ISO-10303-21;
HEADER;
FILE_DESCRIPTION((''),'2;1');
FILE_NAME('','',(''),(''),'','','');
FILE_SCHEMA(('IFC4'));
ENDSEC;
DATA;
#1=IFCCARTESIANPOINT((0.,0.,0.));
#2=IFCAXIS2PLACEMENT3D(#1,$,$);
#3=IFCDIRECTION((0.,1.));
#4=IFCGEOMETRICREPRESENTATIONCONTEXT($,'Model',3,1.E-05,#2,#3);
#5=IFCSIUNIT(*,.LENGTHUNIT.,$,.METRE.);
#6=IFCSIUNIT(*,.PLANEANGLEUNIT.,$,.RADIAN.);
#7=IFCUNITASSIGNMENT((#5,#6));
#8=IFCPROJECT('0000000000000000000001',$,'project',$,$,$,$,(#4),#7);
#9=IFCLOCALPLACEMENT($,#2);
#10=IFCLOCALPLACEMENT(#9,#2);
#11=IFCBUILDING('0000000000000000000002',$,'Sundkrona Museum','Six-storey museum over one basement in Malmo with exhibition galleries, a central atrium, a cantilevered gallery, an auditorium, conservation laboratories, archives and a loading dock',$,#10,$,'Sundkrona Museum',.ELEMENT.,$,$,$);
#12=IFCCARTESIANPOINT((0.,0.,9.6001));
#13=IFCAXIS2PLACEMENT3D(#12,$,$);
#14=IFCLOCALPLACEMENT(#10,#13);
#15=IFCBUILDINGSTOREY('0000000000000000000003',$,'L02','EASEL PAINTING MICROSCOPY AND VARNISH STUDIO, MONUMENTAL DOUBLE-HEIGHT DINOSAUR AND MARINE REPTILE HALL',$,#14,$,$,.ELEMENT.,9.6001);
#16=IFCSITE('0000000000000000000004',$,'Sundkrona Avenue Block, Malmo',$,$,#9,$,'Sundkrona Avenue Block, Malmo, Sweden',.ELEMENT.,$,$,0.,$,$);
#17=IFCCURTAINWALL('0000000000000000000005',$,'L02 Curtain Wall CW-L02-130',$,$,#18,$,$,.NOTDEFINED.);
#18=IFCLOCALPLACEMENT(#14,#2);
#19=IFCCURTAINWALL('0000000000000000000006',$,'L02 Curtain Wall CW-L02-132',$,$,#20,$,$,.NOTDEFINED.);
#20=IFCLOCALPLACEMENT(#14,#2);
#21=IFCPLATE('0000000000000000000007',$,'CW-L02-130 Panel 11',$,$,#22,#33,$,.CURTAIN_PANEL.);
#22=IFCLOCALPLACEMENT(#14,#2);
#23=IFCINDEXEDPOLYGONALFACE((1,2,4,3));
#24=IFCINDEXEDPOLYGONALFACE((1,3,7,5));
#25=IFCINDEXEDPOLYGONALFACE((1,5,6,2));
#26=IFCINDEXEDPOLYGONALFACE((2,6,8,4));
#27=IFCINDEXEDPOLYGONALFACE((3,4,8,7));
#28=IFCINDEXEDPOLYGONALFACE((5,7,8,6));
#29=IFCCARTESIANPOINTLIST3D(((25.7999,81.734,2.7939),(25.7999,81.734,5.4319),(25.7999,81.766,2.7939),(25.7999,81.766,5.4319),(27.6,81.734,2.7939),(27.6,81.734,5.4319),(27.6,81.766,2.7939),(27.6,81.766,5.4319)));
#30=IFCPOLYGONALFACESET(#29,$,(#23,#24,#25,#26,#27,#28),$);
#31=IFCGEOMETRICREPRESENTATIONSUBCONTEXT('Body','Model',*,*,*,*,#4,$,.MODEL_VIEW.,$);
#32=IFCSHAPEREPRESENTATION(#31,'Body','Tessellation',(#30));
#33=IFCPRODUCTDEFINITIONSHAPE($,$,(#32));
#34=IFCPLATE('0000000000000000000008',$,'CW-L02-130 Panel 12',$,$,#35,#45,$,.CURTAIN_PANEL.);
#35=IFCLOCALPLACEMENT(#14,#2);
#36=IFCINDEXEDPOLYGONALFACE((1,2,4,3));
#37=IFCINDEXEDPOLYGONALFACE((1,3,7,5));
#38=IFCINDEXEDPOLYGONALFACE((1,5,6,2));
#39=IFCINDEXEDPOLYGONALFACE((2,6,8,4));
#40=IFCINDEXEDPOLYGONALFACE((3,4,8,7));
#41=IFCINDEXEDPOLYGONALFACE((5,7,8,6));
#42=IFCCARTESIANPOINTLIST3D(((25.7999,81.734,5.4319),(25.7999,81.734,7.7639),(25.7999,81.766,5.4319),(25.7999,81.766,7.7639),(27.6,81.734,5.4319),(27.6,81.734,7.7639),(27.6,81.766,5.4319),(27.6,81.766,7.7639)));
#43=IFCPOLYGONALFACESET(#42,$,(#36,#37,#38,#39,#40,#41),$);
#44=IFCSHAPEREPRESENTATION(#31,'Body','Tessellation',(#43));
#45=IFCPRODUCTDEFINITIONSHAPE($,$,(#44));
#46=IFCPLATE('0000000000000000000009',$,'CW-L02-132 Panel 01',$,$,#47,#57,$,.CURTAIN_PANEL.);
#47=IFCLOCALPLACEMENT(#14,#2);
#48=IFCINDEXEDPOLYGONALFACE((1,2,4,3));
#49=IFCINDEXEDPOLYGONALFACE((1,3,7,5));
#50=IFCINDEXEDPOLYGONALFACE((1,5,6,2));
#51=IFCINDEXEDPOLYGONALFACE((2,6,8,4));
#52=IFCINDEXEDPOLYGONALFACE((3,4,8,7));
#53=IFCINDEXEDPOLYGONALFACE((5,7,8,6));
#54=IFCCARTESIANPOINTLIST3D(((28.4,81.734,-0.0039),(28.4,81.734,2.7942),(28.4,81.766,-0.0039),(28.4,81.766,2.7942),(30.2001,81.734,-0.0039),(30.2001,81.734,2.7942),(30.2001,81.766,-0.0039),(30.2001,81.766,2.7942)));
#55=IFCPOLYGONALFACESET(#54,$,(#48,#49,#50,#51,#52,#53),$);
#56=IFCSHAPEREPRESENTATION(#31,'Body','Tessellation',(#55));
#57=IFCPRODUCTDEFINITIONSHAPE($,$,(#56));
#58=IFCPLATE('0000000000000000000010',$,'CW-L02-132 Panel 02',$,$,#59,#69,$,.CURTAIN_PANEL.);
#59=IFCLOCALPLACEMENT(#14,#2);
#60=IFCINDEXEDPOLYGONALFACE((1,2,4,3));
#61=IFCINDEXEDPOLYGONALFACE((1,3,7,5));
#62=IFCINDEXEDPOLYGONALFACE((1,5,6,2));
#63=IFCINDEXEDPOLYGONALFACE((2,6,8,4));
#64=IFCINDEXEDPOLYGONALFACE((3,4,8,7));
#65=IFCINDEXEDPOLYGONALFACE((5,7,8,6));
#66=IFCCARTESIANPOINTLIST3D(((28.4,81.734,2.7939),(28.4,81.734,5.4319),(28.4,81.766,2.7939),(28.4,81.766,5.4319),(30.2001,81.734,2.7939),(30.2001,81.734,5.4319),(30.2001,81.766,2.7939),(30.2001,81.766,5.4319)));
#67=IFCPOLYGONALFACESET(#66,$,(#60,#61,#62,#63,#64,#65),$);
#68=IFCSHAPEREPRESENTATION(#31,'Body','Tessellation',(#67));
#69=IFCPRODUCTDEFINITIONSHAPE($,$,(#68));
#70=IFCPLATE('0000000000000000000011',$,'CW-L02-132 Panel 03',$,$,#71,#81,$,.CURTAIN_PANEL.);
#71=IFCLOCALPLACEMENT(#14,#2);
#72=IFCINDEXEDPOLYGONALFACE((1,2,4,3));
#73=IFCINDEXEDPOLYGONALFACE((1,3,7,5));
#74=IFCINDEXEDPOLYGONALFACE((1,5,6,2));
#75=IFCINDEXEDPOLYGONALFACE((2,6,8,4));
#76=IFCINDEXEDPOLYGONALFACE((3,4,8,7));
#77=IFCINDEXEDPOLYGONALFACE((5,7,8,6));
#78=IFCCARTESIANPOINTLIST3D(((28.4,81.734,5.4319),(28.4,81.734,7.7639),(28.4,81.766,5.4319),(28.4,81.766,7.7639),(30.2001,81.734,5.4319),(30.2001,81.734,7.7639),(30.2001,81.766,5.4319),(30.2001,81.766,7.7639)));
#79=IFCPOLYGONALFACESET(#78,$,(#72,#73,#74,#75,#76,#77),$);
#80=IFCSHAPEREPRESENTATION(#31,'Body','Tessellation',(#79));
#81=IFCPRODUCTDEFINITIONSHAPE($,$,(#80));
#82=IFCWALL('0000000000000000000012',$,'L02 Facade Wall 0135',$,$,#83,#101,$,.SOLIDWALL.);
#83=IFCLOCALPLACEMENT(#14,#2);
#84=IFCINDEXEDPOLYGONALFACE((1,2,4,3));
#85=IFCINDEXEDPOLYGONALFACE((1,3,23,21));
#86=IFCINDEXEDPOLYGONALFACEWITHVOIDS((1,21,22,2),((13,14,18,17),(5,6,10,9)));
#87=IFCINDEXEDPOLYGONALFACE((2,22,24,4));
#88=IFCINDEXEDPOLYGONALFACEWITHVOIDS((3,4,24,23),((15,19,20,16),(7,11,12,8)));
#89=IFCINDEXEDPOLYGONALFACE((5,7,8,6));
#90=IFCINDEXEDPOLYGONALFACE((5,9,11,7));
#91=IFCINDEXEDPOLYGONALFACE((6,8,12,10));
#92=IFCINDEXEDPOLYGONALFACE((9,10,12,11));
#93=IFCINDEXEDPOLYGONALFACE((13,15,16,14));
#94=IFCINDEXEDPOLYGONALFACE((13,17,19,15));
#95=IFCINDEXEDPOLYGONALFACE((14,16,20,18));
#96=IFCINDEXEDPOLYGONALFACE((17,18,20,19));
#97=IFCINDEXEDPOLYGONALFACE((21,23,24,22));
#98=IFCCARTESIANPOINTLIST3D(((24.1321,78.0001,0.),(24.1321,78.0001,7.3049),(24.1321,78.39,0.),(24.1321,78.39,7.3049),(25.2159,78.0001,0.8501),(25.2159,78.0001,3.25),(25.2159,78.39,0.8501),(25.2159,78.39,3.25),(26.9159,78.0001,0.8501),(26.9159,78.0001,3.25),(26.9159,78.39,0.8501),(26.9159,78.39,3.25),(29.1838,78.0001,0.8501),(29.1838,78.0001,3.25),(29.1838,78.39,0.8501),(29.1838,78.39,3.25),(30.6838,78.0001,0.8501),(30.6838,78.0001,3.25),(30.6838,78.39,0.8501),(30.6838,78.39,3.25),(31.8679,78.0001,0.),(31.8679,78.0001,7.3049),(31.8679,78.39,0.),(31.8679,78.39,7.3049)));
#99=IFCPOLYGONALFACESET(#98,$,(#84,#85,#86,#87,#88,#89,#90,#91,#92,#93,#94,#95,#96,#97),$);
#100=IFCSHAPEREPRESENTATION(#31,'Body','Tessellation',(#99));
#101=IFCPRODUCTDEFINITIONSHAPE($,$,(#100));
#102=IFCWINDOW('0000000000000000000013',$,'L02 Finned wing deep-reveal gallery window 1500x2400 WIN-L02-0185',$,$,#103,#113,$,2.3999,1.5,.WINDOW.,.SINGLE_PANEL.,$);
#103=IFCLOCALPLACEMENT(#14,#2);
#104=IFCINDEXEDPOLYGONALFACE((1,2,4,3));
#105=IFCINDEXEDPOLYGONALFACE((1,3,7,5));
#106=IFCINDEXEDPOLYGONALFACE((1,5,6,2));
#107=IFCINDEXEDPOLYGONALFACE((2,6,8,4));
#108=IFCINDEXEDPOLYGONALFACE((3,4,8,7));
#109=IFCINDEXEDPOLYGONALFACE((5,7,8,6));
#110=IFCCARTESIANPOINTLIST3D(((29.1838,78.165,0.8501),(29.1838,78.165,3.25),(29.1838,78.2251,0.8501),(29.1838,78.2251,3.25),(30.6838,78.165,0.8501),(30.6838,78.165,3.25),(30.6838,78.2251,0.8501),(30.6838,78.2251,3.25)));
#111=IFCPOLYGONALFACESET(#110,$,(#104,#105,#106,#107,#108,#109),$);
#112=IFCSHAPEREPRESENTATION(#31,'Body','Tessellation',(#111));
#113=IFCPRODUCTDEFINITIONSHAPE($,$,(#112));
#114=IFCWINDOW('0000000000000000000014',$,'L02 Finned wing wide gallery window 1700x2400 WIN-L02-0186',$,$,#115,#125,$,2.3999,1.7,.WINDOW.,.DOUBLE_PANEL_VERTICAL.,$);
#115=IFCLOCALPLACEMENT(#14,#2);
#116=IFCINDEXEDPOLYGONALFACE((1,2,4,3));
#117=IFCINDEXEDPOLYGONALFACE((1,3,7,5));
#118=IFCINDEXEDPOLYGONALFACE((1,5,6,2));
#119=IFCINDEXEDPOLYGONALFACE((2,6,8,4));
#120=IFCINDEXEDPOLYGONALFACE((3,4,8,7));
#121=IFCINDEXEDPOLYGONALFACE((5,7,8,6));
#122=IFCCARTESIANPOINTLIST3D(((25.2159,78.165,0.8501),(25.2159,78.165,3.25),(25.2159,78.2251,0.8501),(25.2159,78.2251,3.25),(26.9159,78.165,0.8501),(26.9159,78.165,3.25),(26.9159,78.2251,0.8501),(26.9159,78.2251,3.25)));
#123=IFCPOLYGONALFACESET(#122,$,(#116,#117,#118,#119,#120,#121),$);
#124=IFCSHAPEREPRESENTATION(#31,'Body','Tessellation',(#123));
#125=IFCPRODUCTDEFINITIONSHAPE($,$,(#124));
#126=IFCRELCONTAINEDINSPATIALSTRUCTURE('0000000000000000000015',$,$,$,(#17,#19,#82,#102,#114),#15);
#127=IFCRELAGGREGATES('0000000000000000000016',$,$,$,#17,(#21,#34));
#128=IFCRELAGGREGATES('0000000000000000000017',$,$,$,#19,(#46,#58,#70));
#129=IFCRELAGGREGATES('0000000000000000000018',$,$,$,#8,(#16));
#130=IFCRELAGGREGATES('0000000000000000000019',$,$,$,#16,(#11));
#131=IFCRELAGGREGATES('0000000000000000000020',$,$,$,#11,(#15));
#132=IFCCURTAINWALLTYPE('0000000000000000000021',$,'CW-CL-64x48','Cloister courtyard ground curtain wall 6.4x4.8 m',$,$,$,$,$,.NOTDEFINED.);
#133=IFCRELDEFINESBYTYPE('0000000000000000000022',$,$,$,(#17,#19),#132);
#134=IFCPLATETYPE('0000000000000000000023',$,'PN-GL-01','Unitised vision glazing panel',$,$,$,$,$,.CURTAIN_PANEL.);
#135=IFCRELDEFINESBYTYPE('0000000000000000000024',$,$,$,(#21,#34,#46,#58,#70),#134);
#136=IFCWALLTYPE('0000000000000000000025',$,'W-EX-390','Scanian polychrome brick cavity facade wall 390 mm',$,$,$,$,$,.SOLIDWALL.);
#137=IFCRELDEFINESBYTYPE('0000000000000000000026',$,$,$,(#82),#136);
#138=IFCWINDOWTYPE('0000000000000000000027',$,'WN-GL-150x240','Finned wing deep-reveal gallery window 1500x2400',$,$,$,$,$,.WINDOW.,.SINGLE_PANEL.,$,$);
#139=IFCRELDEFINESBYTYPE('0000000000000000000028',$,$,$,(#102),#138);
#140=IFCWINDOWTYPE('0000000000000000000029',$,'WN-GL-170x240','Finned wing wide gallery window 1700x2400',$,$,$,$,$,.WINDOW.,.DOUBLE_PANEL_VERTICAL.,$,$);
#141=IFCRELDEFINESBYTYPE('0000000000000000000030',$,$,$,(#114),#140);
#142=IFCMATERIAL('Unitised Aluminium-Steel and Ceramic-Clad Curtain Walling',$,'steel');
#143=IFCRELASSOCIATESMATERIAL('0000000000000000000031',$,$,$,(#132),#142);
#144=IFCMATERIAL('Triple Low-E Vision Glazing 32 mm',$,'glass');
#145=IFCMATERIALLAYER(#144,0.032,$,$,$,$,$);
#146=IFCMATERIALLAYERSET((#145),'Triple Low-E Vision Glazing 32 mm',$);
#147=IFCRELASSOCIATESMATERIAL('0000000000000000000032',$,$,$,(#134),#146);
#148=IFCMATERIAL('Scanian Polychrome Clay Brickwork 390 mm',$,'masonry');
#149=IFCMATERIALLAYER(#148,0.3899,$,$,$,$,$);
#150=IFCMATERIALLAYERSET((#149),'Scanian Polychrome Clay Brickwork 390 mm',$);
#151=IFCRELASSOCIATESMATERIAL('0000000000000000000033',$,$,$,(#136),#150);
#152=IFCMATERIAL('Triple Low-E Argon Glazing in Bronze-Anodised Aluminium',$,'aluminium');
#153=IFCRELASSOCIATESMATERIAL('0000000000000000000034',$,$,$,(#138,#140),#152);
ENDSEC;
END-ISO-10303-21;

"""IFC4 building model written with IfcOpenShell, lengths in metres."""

from ifc_helpers import new_model, si_unit, direction, frame, frame_2d, origin, origin_2d, place, context, subcontext, project, spatial, rectangle, extrude, material, layer, layer_set, type_object, element, fill, aggregate, save


model = new_model("IFC4")

# Units and contexts
model_context = context("Model", 3, precision=1e-05, world=origin(), true_north=direction((0.0, 1.0)))
body_context = subcontext(model_context, "Body", "Model", "MODEL_VIEW")
ifc_project = project(units=[si_unit("LENGTHUNIT", "METRE"), si_unit("PLANEANGLEUNIT", "RADIAN")], contexts=[model_context])

# Site, building, storey
site_placement = place(None, origin())
site = spatial("IfcSite", under=ifc_project, at=site_placement, Name="Sundkrona Avenue Block, Malmo", LongName="Sundkrona Avenue Block, Malmo, Sweden", CompositionType="ELEMENT", RefElevation=0.0)
building_placement = place(site_placement, origin())
building = spatial("IfcBuilding", under=site, at=building_placement, Name="Sundkrona Museum", Description="Six-storey museum over one basement in Malmo with exhibition galleries, a central atrium, a cantilevered gallery, an auditorium, conservation laboratories, archives and a loading dock", LongName="Sundkrona Museum", CompositionType="ELEMENT")
storey_placement = place(building_placement, frame((0.0, 0.0, 9.6001)))
storey = spatial("IfcBuildingStorey", under=building, at=storey_placement, Name="L02", Description="EASEL PAINTING MICROSCOPY AND VARNISH STUDIO, MONUMENTAL DOUBLE-HEIGHT DINOSAUR AND MARINE REPTILE HALL", CompositionType="ELEMENT", Elevation=9.6001)

# Curtain wall
ifc_material_1 = material(Name="Unitised Aluminium-Steel and Ceramic-Clad Curtain Walling", Category="steel")
curtain_wall_type = type_object("IfcCurtainWallType", Name="CW-CL-64x48", Description="Cloister courtyard ground curtain wall 6.4x4.8 m", PredefinedType="NOTDEFINED", material=ifc_material_1)
curtain_wall_1_placement = place(storey_placement, origin())
curtain_wall_1 = element("IfcCurtainWall", 1, at=curtain_wall_1_placement, inside=storey, type_object=curtain_wall_type, Name="L02 Curtain Wall CW-L02-130", PredefinedType="NOTDEFINED")

# Curtain wall
curtain_wall_2_placement = place(storey_placement, origin())
curtain_wall_2 = element("IfcCurtainWall", 2, at=curtain_wall_2_placement, inside=storey, type_object=curtain_wall_type, Name="L02 Curtain Wall CW-L02-132", PredefinedType="NOTDEFINED")

# Plates
ifc_material_2 = material(Name="Triple Low-E Vision Glazing 32 mm", Category="glass")
ifc_layer_1 = layer(ifc_material_2, 0.032)
ifc_layer_set_1 = layer_set([ifc_layer_1], Name="Triple Low-E Vision Glazing 32 mm")
plate_type = type_object("IfcPlateType", Name="PN-GL-01", Description="Unitised vision glazing panel", PredefinedType="CURTAIN_PANEL", material=ifc_layer_set_1)
plate_1_placement = place(storey_placement, frame((26.7, 81.75, 2.7939), z_axis=(0.0, 0.0, 1.0), x_axis=(1.0, 0.0, 0.0)))
plate_1 = element("IfcPlate", 3, at=plate_1_placement, type_object=plate_type, Name="CW-L02-130 Panel 11", PredefinedType="CURTAIN_PANEL", context=body_context, shape_type="SweptSolid", body=[
    extrude(rectangle(XDim=1.8, YDim=0.032, at=origin_2d()), origin(), (0.0, 0.0, 1.0), 2.6379),
])
plate_2_placement = place(storey_placement, frame((26.7, 81.75, 5.4319), z_axis=(0.0, 0.0, 1.0), x_axis=(1.0, 0.0, 0.0)))
plate_2 = element("IfcPlate", 4, at=plate_2_placement, type_object=plate_type, Name="CW-L02-130 Panel 12", PredefinedType="CURTAIN_PANEL", context=body_context, shape_type="SweptSolid", body=[
    extrude(rectangle(XDim=1.8, YDim=0.032, at=origin_2d()), origin(), (0.0, 0.0, 1.0), 2.332),
])
aggregate(curtain_wall_1, [plate_1, plate_2])
plate_3_placement = place(storey_placement, frame((29.3, 81.75, -0.0039), z_axis=(0.0, 0.0, 1.0), x_axis=(1.0, 0.0, 0.0)))
plate_3 = element("IfcPlate", 5, at=plate_3_placement, type_object=plate_type, Name="CW-L02-132 Panel 01", PredefinedType="CURTAIN_PANEL", context=body_context, shape_type="SweptSolid", body=[
    extrude(rectangle(XDim=1.8, YDim=0.032, at=origin_2d()), origin(), (0.0, 0.0, 1.0), 2.7981),
])
plate_4_placement = place(storey_placement, frame((29.3, 81.75, 2.7939), z_axis=(0.0, 0.0, 1.0), x_axis=(1.0, 0.0, 0.0)))
plate_4 = element("IfcPlate", 6, at=plate_4_placement, type_object=plate_type, Name="CW-L02-132 Panel 02", PredefinedType="CURTAIN_PANEL", context=body_context, shape_type="SweptSolid", body=[
    extrude(rectangle(XDim=1.8, YDim=0.032, at=origin_2d()), origin(), (0.0, 0.0, 1.0), 2.6379),
])
plate_5_placement = place(storey_placement, frame((29.3, 81.75, 5.4319), z_axis=(0.0, 0.0, 1.0), x_axis=(1.0, 0.0, 0.0)))
plate_5 = element("IfcPlate", 7, at=plate_5_placement, type_object=plate_type, Name="CW-L02-132 Panel 03", PredefinedType="CURTAIN_PANEL", context=body_context, shape_type="SweptSolid", body=[
    extrude(rectangle(XDim=1.8, YDim=0.032, at=origin_2d()), origin(), (0.0, 0.0, 1.0), 2.332),
])
aggregate(curtain_wall_2, [plate_3, plate_4, plate_5])

# Wall, openings, windows
ifc_material_3 = material(Name="Scanian Polychrome Clay Brickwork 390 mm", Category="masonry")
ifc_layer_2 = layer(ifc_material_3, 0.3899)
ifc_layer_set_2 = layer_set([ifc_layer_2], Name="Scanian Polychrome Clay Brickwork 390 mm")
wall_type = type_object("IfcWallType", Name="W-EX-390", Description="Scanian polychrome brick cavity facade wall 390 mm", PredefinedType="SOLIDWALL", material=ifc_layer_set_2)
wall_placement = place(storey_placement, frame((31.8679, 78.1951, 0.0), z_axis=(0.0, 0.0, 1.0), x_axis=(-1.0, 0.0, 0.0)))
wall = element("IfcWall", 8, at=wall_placement, inside=storey, type_object=wall_type, Name="L02 Facade Wall 0135", PredefinedType="SOLIDWALL", context=body_context, shape_type="SweptSolid", body=[
    extrude(rectangle(XDim=7.7358, YDim=0.3899, at=frame_2d((3.8679, 0.0))), origin(), (0.0, 0.0, 1.0), 7.3049),
])
opening_1_placement = place(wall_placement, frame((1.1841, 0.0, 0.8501)))
opening_1 = element("IfcOpeningElement", 9, at=opening_1_placement, cuts=wall, PredefinedType="OPENING", context=body_context, shape_type="SweptSolid", body=[
    extrude(rectangle(XDim=1.5, YDim=2.3999, at=frame_2d((0.75, 1.2))), frame((0.0, 0.2048, 0.0), z_axis=(0.0, -1.0, 0.0), x_axis=(1.0, 0.0, 0.0)), (0.0, 0.0, 1.0), 0.4099),
])
opening_2_placement = place(wall_placement, frame((4.9519, 0.0, 0.8501)))
opening_2 = element("IfcOpeningElement", 10, at=opening_2_placement, cuts=wall, PredefinedType="OPENING", context=body_context, shape_type="SweptSolid", body=[
    extrude(rectangle(XDim=1.7, YDim=2.3999, at=frame_2d((0.8501, 1.2))), frame((0.0, 0.2048, 0.0), z_axis=(0.0, -1.0, 0.0), x_axis=(1.0, 0.0, 0.0)), (0.0, 0.0, 1.0), 0.4099),
])
ifc_material_4 = material(Name="Triple Low-E Argon Glazing in Bronze-Anodised Aluminium", Category="aluminium")
window_type_1 = type_object("IfcWindowType", Name="WN-GL-150x240", Description="Finned wing deep-reveal gallery window 1500x2400", PartitioningType="SINGLE_PANEL", PredefinedType="WINDOW", material=ifc_material_4)
window_1_placement = place(opening_1_placement, origin())
window_1 = element("IfcWindow", 11, at=window_1_placement, inside=storey, type_object=window_type_1, Name="L02 Finned wing deep-reveal gallery window 1500x2400 WIN-L02-0185", OverallHeight=2.3999, OverallWidth=1.5, PartitioningType="SINGLE_PANEL", PredefinedType="WINDOW", context=body_context, shape_type="SweptSolid", body=[
    extrude(rectangle(XDim=1.5, YDim=2.3999, at=frame_2d((0.75, 1.2))), frame((0.0, 0.03, 0.0), z_axis=(0.0, -1.0, 0.0), x_axis=(1.0, 0.0, 0.0)), (0.0, 0.0, 1.0), 0.0601),
])
fill(opening_1, window_1)
window_type_2 = type_object("IfcWindowType", Name="WN-GL-170x240", Description="Finned wing wide gallery window 1700x2400", PartitioningType="DOUBLE_PANEL_VERTICAL", PredefinedType="WINDOW", material=ifc_material_4)
window_2_placement = place(opening_2_placement, origin())
window_2 = element("IfcWindow", 12, at=window_2_placement, inside=storey, type_object=window_type_2, Name="L02 Finned wing wide gallery window 1700x2400 WIN-L02-0186", OverallHeight=2.3999, OverallWidth=1.7, PartitioningType="DOUBLE_PANEL_VERTICAL", PredefinedType="WINDOW", context=body_context, shape_type="SweptSolid", body=[
    extrude(rectangle(XDim=1.7, YDim=2.3999, at=frame_2d((0.8501, 1.2))), frame((0.0, 0.03, 0.0), z_axis=(0.0, -1.0, 0.0), x_axis=(1.0, 0.0, 0.0)), (0.0, 0.0, 1.0), 0.0601),
])
fill(opening_2, window_2)

save(model, "model.ifc")
